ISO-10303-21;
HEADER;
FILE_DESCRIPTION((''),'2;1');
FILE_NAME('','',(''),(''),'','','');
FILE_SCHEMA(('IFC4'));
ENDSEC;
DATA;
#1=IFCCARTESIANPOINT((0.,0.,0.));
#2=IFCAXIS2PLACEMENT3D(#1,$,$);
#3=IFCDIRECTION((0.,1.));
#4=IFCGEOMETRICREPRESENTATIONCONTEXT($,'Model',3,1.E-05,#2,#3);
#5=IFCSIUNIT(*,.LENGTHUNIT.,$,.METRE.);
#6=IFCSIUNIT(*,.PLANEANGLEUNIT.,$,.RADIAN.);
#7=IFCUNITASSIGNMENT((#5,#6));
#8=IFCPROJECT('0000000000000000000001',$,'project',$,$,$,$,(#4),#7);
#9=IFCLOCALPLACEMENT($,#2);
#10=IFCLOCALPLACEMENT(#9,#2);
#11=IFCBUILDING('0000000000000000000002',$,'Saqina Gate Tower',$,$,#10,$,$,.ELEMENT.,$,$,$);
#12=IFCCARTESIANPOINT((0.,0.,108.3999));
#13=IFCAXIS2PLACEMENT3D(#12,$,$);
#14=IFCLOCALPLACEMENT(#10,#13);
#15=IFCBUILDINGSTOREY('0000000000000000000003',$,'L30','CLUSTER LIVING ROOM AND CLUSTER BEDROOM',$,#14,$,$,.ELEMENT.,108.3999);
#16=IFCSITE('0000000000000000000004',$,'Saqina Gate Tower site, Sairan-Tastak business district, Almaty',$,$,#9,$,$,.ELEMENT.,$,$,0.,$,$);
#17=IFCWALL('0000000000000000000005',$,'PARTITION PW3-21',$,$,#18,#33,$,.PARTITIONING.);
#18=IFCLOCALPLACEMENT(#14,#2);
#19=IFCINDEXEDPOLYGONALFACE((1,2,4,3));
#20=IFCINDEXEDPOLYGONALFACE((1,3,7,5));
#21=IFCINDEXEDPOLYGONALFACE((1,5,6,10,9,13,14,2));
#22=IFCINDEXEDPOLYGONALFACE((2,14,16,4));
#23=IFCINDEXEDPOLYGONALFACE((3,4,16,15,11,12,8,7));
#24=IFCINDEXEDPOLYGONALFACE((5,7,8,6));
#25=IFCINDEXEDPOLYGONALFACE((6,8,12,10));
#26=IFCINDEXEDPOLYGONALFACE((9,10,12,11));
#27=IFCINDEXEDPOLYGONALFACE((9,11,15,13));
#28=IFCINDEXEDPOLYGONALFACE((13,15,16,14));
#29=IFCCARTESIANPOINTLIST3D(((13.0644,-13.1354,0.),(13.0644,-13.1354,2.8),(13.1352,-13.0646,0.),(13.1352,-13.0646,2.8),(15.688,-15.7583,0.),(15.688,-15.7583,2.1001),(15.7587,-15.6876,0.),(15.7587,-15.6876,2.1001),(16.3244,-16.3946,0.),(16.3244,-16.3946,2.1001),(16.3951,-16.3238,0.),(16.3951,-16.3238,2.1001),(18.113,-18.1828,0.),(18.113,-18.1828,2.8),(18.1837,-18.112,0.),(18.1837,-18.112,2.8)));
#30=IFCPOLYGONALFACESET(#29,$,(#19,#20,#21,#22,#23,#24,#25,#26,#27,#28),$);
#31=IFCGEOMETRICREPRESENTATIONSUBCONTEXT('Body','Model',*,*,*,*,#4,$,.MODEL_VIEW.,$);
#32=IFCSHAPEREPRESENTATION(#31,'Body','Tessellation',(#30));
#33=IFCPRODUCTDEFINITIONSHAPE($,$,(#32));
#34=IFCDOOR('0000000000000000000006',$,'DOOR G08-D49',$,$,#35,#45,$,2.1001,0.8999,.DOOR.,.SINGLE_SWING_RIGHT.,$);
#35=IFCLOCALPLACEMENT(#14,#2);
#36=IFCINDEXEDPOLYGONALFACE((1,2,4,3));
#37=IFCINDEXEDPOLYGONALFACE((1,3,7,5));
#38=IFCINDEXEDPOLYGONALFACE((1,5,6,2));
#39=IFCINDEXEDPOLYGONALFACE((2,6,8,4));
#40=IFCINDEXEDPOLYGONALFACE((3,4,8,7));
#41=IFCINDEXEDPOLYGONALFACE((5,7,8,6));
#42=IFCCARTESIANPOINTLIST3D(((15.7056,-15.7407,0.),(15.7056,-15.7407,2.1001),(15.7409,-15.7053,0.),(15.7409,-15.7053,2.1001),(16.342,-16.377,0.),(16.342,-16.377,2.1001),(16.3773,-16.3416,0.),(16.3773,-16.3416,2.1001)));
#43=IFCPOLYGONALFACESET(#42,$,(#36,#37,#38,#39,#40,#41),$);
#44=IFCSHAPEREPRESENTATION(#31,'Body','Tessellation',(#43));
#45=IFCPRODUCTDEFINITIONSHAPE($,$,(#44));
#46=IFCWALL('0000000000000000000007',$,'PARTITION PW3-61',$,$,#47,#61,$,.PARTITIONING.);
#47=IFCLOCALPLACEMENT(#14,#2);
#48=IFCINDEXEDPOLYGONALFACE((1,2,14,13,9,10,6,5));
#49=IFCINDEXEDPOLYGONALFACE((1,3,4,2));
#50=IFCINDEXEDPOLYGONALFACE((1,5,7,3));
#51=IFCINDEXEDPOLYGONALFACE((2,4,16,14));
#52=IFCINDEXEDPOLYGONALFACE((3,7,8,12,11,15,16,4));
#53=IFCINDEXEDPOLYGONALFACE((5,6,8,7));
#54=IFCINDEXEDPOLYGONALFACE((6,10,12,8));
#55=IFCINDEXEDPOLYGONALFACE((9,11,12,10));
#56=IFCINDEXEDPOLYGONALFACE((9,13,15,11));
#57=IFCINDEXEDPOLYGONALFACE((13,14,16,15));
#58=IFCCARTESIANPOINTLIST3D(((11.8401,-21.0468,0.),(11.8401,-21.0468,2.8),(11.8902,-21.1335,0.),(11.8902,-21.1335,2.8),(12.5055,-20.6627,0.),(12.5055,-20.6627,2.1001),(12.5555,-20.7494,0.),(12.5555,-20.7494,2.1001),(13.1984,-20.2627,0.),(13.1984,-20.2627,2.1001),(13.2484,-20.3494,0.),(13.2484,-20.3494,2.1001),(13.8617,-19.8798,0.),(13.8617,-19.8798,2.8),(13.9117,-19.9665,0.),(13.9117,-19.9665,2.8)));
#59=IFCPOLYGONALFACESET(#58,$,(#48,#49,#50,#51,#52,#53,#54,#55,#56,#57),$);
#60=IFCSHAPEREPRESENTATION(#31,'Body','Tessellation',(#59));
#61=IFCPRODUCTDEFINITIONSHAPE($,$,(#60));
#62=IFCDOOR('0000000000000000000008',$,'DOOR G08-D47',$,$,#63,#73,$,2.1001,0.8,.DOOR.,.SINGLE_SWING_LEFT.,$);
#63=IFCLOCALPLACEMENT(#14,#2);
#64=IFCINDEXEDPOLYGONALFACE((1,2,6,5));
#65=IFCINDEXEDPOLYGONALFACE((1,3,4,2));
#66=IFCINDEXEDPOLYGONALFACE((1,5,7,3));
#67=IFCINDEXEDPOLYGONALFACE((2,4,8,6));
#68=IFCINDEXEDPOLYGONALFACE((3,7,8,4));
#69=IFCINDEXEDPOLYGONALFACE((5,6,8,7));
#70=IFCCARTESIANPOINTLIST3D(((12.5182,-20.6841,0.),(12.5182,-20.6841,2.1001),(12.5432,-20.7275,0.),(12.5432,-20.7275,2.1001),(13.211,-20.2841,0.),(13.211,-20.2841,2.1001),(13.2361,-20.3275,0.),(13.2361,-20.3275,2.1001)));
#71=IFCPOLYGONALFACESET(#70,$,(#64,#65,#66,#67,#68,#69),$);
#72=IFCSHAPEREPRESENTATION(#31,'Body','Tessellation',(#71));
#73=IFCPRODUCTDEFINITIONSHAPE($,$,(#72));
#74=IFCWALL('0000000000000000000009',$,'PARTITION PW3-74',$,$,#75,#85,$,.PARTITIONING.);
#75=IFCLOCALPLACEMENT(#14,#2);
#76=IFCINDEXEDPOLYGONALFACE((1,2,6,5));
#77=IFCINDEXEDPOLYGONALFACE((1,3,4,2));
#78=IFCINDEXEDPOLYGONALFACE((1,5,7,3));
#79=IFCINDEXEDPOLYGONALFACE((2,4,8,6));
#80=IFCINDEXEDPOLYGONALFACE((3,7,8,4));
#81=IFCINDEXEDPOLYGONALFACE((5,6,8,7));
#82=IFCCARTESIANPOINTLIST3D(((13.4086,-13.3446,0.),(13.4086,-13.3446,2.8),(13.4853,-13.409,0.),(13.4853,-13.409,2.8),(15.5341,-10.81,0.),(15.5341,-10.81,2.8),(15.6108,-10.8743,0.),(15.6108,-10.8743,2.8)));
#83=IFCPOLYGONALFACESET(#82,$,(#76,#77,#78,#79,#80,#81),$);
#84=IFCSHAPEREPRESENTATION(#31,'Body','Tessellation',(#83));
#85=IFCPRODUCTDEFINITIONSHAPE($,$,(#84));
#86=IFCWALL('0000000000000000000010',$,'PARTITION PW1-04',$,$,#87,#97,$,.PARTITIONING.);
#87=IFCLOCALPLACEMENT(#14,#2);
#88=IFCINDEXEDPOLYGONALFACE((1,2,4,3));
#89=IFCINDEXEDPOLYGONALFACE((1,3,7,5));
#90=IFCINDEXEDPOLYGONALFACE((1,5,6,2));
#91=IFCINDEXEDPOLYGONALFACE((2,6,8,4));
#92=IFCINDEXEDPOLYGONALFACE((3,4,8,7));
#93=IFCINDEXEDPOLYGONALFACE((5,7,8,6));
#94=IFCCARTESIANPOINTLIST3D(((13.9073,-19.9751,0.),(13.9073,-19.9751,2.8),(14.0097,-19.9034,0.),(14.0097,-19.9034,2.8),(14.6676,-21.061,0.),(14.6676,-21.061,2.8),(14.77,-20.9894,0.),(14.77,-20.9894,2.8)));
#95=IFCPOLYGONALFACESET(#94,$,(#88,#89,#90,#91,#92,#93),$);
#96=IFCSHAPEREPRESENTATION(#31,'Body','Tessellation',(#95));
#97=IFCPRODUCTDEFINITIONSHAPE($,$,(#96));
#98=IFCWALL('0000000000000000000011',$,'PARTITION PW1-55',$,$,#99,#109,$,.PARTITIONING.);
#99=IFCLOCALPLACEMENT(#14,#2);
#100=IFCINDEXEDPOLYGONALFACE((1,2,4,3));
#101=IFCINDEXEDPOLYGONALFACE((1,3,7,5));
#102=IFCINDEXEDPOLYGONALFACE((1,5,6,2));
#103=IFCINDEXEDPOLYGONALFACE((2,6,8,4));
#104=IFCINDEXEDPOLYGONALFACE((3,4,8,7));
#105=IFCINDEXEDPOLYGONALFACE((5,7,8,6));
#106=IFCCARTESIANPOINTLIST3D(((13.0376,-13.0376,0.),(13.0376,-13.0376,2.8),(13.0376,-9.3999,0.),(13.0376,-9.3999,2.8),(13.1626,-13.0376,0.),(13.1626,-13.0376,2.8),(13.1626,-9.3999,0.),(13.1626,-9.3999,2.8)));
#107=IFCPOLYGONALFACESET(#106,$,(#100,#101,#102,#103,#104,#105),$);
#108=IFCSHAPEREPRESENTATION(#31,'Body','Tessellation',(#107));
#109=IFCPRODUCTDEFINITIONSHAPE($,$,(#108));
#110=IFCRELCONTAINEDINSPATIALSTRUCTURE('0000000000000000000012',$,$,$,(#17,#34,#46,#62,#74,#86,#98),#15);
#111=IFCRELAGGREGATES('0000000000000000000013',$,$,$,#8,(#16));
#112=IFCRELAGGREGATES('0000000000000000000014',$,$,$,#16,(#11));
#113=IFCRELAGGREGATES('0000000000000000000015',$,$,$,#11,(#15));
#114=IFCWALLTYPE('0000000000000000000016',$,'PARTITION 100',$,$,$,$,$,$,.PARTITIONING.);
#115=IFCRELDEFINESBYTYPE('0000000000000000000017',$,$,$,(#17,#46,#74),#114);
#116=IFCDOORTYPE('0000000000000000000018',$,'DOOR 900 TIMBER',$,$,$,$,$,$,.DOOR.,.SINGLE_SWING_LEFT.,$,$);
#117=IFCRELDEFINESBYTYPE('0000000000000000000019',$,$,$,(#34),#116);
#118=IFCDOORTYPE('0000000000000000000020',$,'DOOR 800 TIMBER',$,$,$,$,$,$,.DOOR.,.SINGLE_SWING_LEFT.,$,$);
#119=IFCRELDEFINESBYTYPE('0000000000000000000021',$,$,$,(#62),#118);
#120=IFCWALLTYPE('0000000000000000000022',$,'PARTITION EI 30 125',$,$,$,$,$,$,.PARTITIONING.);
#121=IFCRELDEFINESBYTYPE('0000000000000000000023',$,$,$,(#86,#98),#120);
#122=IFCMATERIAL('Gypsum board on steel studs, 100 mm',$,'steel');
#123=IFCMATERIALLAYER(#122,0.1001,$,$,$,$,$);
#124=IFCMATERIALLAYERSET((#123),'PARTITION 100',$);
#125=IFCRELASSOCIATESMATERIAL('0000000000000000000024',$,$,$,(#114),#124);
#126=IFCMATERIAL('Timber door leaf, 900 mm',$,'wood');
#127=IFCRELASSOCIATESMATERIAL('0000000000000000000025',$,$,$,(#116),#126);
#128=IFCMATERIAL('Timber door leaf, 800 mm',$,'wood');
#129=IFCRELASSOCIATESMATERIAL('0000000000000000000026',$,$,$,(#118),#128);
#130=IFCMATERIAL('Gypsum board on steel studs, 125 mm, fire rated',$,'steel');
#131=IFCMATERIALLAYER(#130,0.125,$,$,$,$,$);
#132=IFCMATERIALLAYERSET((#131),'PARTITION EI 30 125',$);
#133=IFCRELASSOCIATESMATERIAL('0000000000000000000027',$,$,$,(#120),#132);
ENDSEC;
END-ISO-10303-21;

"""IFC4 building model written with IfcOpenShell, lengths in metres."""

from ifc_helpers import new_model, si_unit, direction, frame, frame_2d, origin, place, context, subcontext, project, spatial, rectangle, extrude, material, layer, layer_set, type_object, element, fill, save


model = new_model("IFC4")

# Units and contexts
model_context = context("Model", 3, precision=1e-05, world=origin(), true_north=direction((0.0, 1.0)))
body_context = subcontext(model_context, "Body", "Model", "MODEL_VIEW")
ifc_project = project(units=[si_unit("LENGTHUNIT", "METRE"), si_unit("PLANEANGLEUNIT", "RADIAN")], contexts=[model_context])

# Site, building, storey
site_placement = place(None, origin())
site = spatial("IfcSite", under=ifc_project, at=site_placement, Name="Saqina Gate Tower site, Sairan-Tastak business district, Almaty", CompositionType="ELEMENT", RefElevation=0.0)
building_placement = place(site_placement, origin())
building = spatial("IfcBuilding", under=site, at=building_placement, Name="Saqina Gate Tower", CompositionType="ELEMENT")
storey_placement = place(building_placement, frame((0.0, 0.0, 108.3999)))
storey = spatial("IfcBuildingStorey", under=building, at=storey_placement, Name="L30", Description="CLUSTER LIVING ROOM AND CLUSTER BEDROOM", CompositionType="ELEMENT", Elevation=108.3999)

# Shared definitions
ifc_material_1 = material(Name="Gypsum board on steel studs, 100 mm", Category="steel")
ifc_layer_1 = layer(ifc_material_1, 0.1001)
ifc_layer_set_1 = layer_set([ifc_layer_1], Name="PARTITION 100")
wall_type_1 = type_object("IfcWallType", Name="PARTITION 100", PredefinedType="PARTITIONING", material=ifc_layer_set_1)

# Walls, openings, doors
wall_1_placement = place(storey_placement, frame((13.0999, -13.1001, 0.0), z_axis=(0.0, 0.0, 1.0), x_axis=(0.707192, -0.707021, 0.0)))
wall_1 = element("IfcWall", 1, at=wall_1_placement, inside=storey, type_object=wall_type_1, Name="PARTITION PW3-21", PredefinedType="PARTITIONING", context=body_context, shape_type="SweptSolid", body=[
    extrude(rectangle(XDim=7.1389, YDim=0.1001, at=frame_2d((3.5693, 0.0))), origin(), (0.0, 0.0, 1.0), 2.8),
])
opening_1_placement = place(wall_1_placement, frame((3.7097, 0.0, 0.0)))
opening_1 = element("IfcOpeningElement", 2, at=opening_1_placement, cuts=wall_1, PredefinedType="OPENING", context=body_context, shape_type="SweptSolid", body=[
    extrude(rectangle(XDim=0.8999, YDim=2.1001, at=frame_2d((0.45, 1.05))), frame((0.0, 0.062, 0.0), z_axis=(0.0, -1.0, 0.0), x_axis=(1.0, 0.0, 0.0)), (0.0, 0.0, 1.0), 0.124),
])
ifc_material_2 = material(Name="Timber door leaf, 900 mm", Category="wood")
door_type_1 = type_object("IfcDoorType", Name="DOOR 900 TIMBER", OperationType="SINGLE_SWING_LEFT", PredefinedType="DOOR", material=ifc_material_2)
door_1_placement = place(opening_1_placement, origin())
door_1 = element("IfcDoor", 3, at=door_1_placement, inside=storey, type_object=door_type_1, Name="DOOR G08-D49", OperationType="SINGLE_SWING_RIGHT", OverallHeight=2.1001, OverallWidth=0.8999, PredefinedType="DOOR", context=body_context, shape_type="SweptSolid", body=[
    extrude(rectangle(XDim=0.8999, YDim=2.1001, at=frame_2d((0.45, 1.05))), frame((0.0, 0.0249, 0.0), z_axis=(0.0, -1.0, 0.0), x_axis=(1.0, 0.0, 0.0)), (0.0, 0.0, 1.0), 0.05),
])
fill(opening_1, door_1)
wall_2_placement = place(storey_placement, frame((11.8652, -21.0901, 0.0), z_axis=(0.0, 0.0, 1.0), x_axis=(0.866046, 0.499964, 0.0)))
wall_2 = element("IfcWall", 4, at=wall_2_placement, inside=storey, type_object=wall_type_1, Name="PARTITION PW3-61", PredefinedType="PARTITIONING", context=body_context, shape_type="SweptSolid", body=[
    extrude(rectangle(XDim=2.3342, YDim=0.1001, at=frame_2d((1.167, 0.0))), origin(), (0.0, 0.0, 1.0), 2.8),
])
opening_2_placement = place(wall_2_placement, frame((0.7683, 0.0, 0.0)))
opening_2 = element("IfcOpeningElement", 5, at=opening_2_placement, cuts=wall_2, PredefinedType="OPENING", context=body_context, shape_type="SweptSolid", body=[
    extrude(rectangle(XDim=0.8, YDim=2.1001, at=frame_2d((0.3999, 1.05))), frame((0.0, 0.062, 0.0), z_axis=(0.0, -1.0, 0.0), x_axis=(1.0, 0.0, 0.0)), (0.0, 0.0, 1.0), 0.124),
])
ifc_material_3 = material(Name="Timber door leaf, 800 mm", Category="wood")
door_type_2 = type_object("IfcDoorType", Name="DOOR 800 TIMBER", OperationType="SINGLE_SWING_LEFT", PredefinedType="DOOR", material=ifc_material_3)
door_2_placement = place(opening_2_placement, frame((0.8, 0.0, 0.0), z_axis=(0.0, 0.0, 1.0), x_axis=(-1.0, 0.0, 0.0)))
door_2 = element("IfcDoor", 6, at=door_2_placement, inside=storey, type_object=door_type_2, Name="DOOR G08-D47", OperationType="SINGLE_SWING_LEFT", OverallHeight=2.1001, OverallWidth=0.8, PredefinedType="DOOR", context=body_context, shape_type="SweptSolid", body=[
    extrude(rectangle(XDim=0.8, YDim=2.1001, at=frame_2d((0.3999, 1.05))), frame((0.0, 0.0249, 0.0), z_axis=(0.0, -1.0, 0.0), x_axis=(1.0, 0.0, 0.0)), (0.0, 0.0, 1.0), 0.05),
])
fill(opening_2, door_2)

# Walls
wall_3_placement = place(storey_placement, frame((13.447, -13.3767, 0.0), z_axis=(0.0, 0.0, 1.0), x_axis=(0.642548, 0.766245, 0.0)))
element("IfcWall", 7, at=wall_3_placement, inside=storey, type_object=wall_type_1, Name="PARTITION PW3-74", PredefinedType="PARTITIONING", context=body_context, shape_type="SweptSolid", body=[
    extrude(rectangle(XDim=3.3079, YDim=0.1001, at=frame_2d((1.6538, 0.0))), origin(), (0.0, 0.0, 1.0), 2.8),
])
ifc_material_4 = material(Name="Gypsum board on steel studs, 125 mm, fire rated", Category="steel")
ifc_layer_2 = layer(ifc_material_4, 0.125)
ifc_layer_set_2 = layer_set([ifc_layer_2], Name="PARTITION EI 30 125")
wall_type_2 = type_object("IfcWallType", Name="PARTITION EI 30 125", PredefinedType="PARTITIONING", material=ifc_layer_set_2)
wall_4_placement = place(storey_placement, frame((13.9585, -19.9392, 0.0), z_axis=(0.0, 0.0, 1.0), x_axis=(0.573512, -0.819197, 0.0)))
element("IfcWall", 8, at=wall_4_placement, inside=storey, type_object=wall_type_2, Name="PARTITION PW1-04", PredefinedType="PARTITIONING", context=body_context, shape_type="SweptSolid", body=[
    extrude(rectangle(XDim=1.3257, YDim=0.125, at=frame_2d((0.6628, 0.0))), origin(), (0.0, 0.0, 1.0), 2.8),
])
wall_5_placement = place(storey_placement, frame((13.1001, -13.0376, 0.0), z_axis=(0.0, 0.0, 1.0), x_axis=(0.0, 1.0, 0.0)))
element("IfcWall", 9, at=wall_5_placement, inside=storey, type_object=wall_type_2, Name="PARTITION PW1-55", PredefinedType="PARTITIONING", context=body_context, shape_type="SweptSolid", body=[
    extrude(rectangle(XDim=3.6377, YDim=0.125, at=frame_2d((1.8188, 0.0))), origin(), (0.0, 0.0, 1.0), 2.8),
])

save(model, "model.ifc")
